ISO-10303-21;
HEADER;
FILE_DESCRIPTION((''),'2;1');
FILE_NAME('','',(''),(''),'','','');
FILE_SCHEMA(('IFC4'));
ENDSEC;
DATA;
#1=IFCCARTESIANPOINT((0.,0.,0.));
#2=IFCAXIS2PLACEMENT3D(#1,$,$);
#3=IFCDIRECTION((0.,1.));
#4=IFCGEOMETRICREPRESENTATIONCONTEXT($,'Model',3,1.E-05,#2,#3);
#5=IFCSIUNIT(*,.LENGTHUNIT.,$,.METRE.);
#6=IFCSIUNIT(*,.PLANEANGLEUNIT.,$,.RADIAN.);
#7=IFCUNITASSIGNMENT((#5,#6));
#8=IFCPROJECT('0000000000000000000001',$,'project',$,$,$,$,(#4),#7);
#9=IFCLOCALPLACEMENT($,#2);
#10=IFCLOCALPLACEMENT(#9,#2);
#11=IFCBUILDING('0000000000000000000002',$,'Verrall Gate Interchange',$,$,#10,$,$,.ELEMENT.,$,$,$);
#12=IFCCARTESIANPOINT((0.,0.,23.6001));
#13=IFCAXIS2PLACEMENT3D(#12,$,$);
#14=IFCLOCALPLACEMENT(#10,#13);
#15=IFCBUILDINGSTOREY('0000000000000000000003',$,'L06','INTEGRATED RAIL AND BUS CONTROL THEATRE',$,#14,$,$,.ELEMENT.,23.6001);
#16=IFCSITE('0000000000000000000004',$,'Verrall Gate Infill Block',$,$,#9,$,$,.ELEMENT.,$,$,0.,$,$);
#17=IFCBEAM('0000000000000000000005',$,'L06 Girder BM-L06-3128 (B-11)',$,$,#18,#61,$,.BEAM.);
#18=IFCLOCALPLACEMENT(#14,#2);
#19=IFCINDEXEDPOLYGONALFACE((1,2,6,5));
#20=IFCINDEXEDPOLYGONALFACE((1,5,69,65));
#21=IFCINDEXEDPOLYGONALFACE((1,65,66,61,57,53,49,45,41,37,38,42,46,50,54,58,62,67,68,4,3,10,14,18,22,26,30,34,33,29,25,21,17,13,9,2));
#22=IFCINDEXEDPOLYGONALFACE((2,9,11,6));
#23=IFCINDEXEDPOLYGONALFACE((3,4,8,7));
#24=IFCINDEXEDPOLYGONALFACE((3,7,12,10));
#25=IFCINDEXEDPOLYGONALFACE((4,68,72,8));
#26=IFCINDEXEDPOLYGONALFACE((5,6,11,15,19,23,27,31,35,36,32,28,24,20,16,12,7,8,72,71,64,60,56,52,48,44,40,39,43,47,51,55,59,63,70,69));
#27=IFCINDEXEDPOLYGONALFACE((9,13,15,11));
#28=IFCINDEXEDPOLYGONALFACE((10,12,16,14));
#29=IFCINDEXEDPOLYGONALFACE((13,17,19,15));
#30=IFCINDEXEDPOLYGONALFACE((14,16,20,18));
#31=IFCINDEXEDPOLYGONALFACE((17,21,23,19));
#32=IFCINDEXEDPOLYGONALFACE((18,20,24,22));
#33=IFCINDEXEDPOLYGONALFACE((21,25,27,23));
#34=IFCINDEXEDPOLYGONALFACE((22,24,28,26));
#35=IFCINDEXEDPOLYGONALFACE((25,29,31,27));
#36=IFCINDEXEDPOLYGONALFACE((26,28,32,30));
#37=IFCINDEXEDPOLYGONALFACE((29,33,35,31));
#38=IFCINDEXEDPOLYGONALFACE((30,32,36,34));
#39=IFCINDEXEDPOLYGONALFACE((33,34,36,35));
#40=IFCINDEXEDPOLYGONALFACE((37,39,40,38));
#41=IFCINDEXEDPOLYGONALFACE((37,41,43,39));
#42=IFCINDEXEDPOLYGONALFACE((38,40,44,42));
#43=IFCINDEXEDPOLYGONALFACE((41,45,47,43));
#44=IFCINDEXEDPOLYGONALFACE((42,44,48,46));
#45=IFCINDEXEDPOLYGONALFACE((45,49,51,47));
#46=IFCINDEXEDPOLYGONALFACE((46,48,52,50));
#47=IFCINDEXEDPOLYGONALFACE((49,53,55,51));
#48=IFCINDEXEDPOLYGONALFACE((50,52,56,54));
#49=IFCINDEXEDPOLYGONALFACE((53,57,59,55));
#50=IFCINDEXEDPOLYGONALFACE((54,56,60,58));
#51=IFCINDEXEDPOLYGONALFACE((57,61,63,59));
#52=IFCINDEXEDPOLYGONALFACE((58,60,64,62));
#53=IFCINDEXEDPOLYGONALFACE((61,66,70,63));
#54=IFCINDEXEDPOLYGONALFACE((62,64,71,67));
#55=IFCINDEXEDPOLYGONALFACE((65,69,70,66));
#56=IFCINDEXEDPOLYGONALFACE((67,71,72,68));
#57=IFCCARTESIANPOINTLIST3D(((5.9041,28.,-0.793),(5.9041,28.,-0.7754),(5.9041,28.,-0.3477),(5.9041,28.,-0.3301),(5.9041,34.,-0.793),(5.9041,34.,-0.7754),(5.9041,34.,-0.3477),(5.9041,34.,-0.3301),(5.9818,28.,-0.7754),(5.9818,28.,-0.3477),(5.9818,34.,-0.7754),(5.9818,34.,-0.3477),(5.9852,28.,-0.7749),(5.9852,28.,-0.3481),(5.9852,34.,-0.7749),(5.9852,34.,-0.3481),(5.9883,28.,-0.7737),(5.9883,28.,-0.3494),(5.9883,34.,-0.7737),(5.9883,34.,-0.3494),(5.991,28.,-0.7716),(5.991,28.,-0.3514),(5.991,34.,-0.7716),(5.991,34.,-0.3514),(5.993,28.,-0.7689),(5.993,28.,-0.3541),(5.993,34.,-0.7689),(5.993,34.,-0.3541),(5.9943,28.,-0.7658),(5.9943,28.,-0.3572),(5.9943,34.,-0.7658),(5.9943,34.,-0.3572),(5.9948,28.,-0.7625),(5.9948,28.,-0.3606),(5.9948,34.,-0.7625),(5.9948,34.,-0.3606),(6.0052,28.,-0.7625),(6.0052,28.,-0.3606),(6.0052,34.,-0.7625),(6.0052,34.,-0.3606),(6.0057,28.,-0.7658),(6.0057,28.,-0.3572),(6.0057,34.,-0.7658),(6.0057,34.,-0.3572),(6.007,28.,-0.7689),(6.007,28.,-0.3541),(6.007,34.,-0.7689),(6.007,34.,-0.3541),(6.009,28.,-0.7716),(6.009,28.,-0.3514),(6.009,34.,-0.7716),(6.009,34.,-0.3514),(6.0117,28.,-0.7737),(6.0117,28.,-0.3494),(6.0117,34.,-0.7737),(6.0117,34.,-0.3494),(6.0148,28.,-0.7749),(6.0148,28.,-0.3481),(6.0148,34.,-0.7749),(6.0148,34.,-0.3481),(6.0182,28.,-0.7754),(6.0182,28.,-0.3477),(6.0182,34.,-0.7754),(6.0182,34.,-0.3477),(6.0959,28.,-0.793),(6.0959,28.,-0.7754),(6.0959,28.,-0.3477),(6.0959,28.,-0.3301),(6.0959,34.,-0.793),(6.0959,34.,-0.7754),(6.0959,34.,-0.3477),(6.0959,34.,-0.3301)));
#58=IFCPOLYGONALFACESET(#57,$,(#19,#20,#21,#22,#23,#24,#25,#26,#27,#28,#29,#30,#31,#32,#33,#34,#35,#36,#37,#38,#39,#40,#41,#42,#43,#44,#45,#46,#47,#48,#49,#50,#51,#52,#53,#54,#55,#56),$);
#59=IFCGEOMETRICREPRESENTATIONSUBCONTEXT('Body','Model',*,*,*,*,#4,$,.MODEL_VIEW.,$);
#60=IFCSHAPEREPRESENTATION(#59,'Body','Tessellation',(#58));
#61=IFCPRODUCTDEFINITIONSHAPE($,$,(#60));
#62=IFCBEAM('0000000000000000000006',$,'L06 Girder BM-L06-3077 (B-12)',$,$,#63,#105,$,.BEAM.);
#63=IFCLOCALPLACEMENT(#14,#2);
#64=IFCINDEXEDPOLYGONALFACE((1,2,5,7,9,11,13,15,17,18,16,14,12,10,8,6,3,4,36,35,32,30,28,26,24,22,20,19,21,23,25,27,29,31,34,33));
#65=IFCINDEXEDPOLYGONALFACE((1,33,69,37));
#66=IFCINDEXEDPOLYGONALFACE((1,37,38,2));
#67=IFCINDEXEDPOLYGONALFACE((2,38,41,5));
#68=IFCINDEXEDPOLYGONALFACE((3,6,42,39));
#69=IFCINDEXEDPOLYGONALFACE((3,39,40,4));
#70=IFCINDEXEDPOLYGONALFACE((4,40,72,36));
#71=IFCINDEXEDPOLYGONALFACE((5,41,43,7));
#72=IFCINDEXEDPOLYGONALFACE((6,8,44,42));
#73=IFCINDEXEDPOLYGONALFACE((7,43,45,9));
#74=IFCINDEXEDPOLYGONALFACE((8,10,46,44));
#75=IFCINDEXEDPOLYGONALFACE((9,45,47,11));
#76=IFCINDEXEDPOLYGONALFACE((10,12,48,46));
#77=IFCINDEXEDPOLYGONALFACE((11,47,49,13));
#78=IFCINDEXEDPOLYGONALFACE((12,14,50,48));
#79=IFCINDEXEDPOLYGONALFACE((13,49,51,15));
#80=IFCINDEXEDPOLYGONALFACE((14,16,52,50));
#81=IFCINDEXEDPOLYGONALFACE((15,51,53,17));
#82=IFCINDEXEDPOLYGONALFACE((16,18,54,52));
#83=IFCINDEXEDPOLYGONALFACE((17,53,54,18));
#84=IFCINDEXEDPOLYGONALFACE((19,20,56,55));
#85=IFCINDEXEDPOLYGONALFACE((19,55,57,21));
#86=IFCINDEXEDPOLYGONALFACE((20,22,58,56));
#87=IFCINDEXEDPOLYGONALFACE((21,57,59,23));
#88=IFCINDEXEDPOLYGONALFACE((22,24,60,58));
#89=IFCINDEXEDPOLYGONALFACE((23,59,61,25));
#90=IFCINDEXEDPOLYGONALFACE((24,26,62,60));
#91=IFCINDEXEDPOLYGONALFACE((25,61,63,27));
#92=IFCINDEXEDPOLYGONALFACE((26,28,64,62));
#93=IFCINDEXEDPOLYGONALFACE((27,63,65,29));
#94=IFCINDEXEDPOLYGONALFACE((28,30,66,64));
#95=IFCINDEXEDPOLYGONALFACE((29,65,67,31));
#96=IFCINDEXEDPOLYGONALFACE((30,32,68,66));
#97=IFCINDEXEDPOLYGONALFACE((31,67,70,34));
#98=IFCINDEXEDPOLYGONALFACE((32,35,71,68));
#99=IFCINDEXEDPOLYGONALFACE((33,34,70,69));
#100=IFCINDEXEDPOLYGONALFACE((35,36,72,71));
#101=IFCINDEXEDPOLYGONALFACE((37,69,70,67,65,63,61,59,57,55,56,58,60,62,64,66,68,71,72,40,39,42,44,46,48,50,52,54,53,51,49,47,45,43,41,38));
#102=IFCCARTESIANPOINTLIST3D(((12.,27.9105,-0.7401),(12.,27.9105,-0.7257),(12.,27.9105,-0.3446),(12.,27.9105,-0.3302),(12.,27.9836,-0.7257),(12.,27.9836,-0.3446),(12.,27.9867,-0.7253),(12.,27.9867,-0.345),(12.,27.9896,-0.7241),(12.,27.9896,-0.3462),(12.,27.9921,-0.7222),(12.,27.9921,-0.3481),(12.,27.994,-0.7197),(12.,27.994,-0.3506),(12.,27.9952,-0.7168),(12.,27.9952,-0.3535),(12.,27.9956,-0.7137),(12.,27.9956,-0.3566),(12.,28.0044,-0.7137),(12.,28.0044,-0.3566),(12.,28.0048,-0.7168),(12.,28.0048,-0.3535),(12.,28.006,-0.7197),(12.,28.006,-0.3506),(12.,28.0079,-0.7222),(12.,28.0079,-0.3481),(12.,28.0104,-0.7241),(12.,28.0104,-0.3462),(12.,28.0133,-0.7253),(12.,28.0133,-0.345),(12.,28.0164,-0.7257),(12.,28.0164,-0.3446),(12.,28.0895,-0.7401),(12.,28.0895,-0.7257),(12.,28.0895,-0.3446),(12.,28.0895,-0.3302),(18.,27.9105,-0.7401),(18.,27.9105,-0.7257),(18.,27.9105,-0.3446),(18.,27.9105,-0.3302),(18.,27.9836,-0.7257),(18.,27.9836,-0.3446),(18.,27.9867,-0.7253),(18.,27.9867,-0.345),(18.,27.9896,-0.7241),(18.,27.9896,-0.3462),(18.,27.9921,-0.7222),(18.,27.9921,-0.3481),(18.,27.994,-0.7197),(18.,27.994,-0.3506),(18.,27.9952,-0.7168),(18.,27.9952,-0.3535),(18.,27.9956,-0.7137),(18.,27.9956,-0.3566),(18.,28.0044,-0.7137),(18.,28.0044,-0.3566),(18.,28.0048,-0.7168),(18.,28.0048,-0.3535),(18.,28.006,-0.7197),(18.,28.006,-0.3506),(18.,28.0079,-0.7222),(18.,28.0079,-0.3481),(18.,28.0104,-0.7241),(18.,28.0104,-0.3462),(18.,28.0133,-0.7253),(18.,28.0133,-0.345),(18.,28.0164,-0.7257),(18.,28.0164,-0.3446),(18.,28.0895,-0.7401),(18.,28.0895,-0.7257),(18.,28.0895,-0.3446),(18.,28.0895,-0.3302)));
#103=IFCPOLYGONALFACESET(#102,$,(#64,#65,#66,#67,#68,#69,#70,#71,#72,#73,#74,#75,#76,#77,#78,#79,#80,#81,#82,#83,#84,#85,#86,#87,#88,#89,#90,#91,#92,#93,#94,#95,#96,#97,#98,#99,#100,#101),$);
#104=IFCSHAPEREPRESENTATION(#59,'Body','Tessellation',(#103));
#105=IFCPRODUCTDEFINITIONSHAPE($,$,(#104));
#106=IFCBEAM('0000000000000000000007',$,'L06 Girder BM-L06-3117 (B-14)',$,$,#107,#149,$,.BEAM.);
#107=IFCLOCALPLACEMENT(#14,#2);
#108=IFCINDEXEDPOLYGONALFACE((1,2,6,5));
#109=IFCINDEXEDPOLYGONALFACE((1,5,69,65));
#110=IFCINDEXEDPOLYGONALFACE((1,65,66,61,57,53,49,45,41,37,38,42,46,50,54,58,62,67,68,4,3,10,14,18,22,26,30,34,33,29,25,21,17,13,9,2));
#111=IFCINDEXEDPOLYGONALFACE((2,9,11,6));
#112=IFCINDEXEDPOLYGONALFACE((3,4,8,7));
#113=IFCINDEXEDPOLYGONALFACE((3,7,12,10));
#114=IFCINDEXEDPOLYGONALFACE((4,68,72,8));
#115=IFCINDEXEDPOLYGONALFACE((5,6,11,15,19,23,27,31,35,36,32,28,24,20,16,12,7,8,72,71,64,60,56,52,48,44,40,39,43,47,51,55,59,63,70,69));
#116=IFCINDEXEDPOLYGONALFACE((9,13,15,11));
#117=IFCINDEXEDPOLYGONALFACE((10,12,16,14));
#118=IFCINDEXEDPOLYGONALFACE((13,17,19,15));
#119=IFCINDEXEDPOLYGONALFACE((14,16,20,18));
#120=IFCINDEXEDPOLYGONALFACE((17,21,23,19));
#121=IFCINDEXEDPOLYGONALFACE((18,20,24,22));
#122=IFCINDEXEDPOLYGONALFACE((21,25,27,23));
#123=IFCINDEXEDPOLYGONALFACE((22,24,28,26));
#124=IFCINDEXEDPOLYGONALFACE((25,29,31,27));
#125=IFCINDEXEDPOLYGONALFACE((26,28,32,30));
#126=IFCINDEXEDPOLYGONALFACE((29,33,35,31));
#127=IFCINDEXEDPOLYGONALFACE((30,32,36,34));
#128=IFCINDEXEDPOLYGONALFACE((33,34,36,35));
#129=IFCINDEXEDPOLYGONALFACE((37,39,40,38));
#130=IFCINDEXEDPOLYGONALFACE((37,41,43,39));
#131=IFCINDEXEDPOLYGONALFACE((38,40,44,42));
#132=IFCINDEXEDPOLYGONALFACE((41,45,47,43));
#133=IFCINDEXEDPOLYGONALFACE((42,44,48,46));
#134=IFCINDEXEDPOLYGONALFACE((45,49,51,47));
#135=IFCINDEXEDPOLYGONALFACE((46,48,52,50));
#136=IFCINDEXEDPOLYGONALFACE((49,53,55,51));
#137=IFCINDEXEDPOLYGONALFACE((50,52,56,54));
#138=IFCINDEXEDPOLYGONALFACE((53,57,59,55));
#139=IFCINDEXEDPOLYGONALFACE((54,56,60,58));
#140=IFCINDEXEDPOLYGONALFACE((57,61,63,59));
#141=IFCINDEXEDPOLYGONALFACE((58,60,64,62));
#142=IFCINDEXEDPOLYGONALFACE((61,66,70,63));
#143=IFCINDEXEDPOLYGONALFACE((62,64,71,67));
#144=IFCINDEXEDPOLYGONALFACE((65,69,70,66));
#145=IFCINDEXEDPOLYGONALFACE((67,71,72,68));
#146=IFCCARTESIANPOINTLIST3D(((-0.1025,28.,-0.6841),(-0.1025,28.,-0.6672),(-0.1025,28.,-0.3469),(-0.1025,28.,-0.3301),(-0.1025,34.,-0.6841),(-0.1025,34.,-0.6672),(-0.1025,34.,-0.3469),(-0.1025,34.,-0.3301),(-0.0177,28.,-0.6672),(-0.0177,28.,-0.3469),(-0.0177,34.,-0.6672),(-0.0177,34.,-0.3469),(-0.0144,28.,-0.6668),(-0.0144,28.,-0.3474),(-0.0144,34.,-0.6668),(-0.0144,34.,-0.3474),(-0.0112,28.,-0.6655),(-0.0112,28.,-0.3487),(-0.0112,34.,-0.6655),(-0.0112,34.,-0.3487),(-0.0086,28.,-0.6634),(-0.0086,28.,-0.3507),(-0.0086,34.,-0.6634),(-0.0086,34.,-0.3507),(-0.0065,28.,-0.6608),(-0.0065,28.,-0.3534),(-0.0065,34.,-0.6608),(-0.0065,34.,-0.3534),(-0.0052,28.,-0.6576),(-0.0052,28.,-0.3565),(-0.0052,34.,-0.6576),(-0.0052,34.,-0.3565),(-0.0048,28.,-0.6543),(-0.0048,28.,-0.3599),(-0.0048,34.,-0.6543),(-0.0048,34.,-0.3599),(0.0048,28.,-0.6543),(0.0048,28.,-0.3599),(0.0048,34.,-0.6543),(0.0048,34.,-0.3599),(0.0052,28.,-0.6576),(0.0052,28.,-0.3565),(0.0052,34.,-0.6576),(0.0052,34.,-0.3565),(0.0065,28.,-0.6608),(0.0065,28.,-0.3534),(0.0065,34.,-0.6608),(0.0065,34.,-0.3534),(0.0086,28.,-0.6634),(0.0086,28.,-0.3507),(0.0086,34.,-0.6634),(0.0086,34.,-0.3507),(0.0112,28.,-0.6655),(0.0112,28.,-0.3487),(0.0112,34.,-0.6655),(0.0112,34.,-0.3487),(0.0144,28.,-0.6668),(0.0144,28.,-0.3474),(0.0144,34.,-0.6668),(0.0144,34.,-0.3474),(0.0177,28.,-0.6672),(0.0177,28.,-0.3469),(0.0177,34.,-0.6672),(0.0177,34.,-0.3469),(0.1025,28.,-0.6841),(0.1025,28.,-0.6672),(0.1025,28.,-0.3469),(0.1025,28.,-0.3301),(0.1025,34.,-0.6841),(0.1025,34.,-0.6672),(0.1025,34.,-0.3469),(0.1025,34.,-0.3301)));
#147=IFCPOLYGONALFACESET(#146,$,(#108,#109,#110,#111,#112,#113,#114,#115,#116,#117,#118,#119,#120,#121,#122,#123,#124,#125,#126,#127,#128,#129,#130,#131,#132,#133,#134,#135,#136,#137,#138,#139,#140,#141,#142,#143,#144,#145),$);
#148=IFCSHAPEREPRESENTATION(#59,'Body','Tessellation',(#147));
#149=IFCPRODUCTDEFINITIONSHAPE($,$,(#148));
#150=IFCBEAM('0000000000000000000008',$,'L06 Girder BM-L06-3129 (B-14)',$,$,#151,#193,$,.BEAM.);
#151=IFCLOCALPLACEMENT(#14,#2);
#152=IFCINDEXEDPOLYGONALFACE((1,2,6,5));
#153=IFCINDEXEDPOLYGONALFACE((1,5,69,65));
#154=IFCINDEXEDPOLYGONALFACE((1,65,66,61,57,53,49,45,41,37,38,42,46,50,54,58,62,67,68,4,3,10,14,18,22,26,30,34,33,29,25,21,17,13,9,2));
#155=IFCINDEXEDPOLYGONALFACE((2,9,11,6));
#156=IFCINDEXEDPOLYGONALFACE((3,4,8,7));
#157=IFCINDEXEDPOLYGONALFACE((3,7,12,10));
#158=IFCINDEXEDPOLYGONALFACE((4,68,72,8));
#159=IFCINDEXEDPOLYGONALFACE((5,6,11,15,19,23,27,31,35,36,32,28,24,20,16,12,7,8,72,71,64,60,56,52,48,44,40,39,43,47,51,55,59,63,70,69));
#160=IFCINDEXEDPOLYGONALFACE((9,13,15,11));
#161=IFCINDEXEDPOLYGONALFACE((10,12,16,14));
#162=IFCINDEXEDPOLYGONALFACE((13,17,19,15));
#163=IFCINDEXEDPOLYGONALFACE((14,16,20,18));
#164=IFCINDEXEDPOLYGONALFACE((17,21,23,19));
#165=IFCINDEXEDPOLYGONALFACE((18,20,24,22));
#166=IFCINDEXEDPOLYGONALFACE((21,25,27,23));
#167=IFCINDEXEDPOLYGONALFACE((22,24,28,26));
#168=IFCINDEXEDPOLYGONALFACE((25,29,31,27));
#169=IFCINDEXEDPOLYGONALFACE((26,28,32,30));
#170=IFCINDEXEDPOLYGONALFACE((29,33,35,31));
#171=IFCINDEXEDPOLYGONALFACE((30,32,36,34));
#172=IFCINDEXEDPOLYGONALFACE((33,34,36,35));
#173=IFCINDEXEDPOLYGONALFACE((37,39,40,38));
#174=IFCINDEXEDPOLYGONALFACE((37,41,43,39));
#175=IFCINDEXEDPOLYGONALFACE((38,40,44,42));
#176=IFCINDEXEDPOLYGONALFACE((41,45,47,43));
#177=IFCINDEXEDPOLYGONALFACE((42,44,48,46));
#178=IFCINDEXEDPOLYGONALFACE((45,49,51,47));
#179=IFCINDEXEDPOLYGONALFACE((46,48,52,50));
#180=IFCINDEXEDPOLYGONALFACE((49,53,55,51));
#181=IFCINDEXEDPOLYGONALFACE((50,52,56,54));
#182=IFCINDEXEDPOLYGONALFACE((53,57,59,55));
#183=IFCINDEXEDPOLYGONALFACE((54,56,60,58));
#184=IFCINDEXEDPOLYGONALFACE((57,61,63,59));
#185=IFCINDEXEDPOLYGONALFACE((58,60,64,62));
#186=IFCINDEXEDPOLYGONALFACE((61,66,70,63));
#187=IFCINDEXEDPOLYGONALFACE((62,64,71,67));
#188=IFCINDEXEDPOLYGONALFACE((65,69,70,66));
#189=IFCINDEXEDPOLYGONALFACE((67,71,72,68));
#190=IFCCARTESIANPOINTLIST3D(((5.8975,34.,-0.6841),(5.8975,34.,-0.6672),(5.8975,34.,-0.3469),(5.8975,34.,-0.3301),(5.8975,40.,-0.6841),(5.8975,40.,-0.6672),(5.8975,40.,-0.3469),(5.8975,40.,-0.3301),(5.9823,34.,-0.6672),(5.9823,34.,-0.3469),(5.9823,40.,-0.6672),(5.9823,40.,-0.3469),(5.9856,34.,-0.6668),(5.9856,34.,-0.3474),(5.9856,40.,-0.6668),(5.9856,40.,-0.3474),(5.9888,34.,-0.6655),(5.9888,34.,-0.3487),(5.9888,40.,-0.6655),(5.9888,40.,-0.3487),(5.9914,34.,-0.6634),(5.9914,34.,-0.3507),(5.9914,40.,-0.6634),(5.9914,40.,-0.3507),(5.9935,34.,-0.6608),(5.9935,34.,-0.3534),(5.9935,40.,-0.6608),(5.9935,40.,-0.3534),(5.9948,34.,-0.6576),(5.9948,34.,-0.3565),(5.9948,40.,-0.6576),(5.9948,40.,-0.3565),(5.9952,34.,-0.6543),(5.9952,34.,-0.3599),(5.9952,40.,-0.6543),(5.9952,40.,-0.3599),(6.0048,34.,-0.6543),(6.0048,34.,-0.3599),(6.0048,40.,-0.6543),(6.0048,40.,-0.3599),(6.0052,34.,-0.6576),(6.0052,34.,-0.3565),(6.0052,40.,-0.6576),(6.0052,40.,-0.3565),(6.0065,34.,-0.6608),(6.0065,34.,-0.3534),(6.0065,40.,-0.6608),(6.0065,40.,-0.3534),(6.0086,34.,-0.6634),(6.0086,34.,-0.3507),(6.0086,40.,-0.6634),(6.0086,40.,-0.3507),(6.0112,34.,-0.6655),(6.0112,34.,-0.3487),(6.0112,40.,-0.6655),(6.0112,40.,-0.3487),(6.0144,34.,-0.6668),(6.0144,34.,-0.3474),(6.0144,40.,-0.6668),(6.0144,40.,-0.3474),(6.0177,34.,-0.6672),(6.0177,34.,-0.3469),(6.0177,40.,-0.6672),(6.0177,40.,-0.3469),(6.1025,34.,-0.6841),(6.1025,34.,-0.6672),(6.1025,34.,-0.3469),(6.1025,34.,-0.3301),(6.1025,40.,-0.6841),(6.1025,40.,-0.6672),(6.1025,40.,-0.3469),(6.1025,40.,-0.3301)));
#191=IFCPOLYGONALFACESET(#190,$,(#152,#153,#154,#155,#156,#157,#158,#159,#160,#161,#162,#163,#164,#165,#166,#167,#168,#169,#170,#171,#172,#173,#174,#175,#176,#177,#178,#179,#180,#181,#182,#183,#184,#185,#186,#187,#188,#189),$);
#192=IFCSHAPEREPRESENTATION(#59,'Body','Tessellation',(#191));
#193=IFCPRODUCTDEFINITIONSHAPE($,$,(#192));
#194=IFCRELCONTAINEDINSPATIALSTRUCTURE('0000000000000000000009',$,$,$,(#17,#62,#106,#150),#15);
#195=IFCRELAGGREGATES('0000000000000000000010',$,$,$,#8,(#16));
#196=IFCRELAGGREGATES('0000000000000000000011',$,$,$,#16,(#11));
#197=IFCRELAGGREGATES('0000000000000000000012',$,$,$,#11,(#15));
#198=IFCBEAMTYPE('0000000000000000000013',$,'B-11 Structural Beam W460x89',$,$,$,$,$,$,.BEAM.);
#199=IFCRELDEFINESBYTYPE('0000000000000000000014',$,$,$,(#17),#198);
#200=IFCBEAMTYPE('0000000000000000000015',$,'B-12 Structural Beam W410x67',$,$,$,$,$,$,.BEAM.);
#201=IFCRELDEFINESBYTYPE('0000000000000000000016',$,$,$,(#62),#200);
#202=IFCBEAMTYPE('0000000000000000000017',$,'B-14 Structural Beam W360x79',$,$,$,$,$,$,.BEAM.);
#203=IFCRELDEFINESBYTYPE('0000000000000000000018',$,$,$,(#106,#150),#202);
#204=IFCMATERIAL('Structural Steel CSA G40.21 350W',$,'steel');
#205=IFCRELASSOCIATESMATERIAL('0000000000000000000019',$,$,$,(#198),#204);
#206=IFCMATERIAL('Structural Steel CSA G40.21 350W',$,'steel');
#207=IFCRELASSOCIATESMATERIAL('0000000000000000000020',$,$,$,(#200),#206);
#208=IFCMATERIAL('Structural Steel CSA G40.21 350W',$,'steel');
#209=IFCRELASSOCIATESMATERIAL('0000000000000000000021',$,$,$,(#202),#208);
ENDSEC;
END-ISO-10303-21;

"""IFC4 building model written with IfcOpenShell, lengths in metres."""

from ifc_helpers import new_model, si_unit, direction, frame, origin, origin_2d, place, context, subcontext, project, spatial, i_section, extrude, material, material_profile, profile_set, type_object, element, save


model = new_model("IFC4")

# Units and contexts
model_context = context("Model", 3, precision=1e-05, world=origin(), true_north=direction((0.0, 1.0)))
body_context = subcontext(model_context, "Body", "Model", "MODEL_VIEW")
ifc_project = project(units=[si_unit("LENGTHUNIT", "METRE"), si_unit("PLANEANGLEUNIT", "RADIAN")], contexts=[model_context])

# Site, building, storey
site_placement = place(None, origin())
site = spatial("IfcSite", under=ifc_project, at=site_placement, Name="Verrall Gate Infill Block", CompositionType="ELEMENT", RefElevation=0.0)
building_placement = place(site_placement, origin())
building = spatial("IfcBuilding", under=site, at=building_placement, Name="Verrall Gate Interchange", CompositionType="ELEMENT")
storey_placement = place(building_placement, frame((0.0, 0.0, 23.6001)))
storey = spatial("IfcBuildingStorey", under=building, at=storey_placement, Name="L06", Description="INTEGRATED RAIL AND BUS CONTROL THEATRE", CompositionType="ELEMENT", Elevation=23.6001)

# Beams
ifc_material_1 = material(Name="Structural Steel CSA G40.21 350W", Category="steel")
ifc_material_profile_1 = material_profile(ifc_material_1, i_section(OverallWidth=0.1919, OverallDepth=0.4629, WebThickness=0.0105, FlangeThickness=0.0176, FilletRadius=0.0129, at=origin_2d()), Name="W460x89")
ifc_profile_set_1 = profile_set([ifc_material_profile_1], Name="Structural Steel CSA G40.21 350W")
beam_type_1 = type_object("IfcBeamType", Name="B-11 Structural Beam W460x89", PredefinedType="BEAM", material=ifc_profile_set_1)
for number, where, z_axis, x_axis, name in (
    (1, (6.0, 28.0, -0.5615), (0.0, 1.0, 0.0), (-1.0, 0.0, 0.0), "L06 Girder BM-L06-3128 (B-11)"),
):
    element("IfcBeam", number, at=place(storey_placement, frame(where, z_axis=z_axis, x_axis=x_axis)), inside=storey, type_object=beam_type_1, Name=name, PredefinedType="BEAM", context=body_context, shape_type="SweptSolid", body=[
        extrude(i_section(OverallWidth=0.1919, OverallDepth=0.4629, WebThickness=0.0105, FlangeThickness=0.0176, FilletRadius=0.0129, at=origin_2d()), origin(), (0.0, 0.0, 1.0), 6.0),
    ])
ifc_material_2 = material(Name="Structural Steel CSA G40.21 350W", Category="steel")
ifc_material_profile_2 = material_profile(ifc_material_2, i_section(OverallWidth=0.179, OverallDepth=0.4099, WebThickness=0.0088, FlangeThickness=0.0144, FilletRadius=0.012, at=origin_2d()), Name="W410x67")
ifc_profile_set_2 = profile_set([ifc_material_profile_2], Name="Structural Steel CSA G40.21 350W")
beam_type_2 = type_object("IfcBeamType", Name="B-12 Structural Beam W410x67", PredefinedType="BEAM", material=ifc_profile_set_2)
beam_1_placement = place(storey_placement, frame((12.0, 28.0, -0.5352), z_axis=(1.0, 0.0, 0.0), x_axis=(0.0, 1.0, 0.0)))
element("IfcBeam", 2, at=beam_1_placement, inside=storey, type_object=beam_type_2, Name="L06 Girder BM-L06-3077 (B-12)", PredefinedType="BEAM", context=body_context, shape_type="SweptSolid", body=[
    extrude(i_section(OverallWidth=0.179, OverallDepth=0.4099, WebThickness=0.0088, FlangeThickness=0.0144, FilletRadius=0.012, at=origin_2d()), origin(), (0.0, 0.0, 1.0), 6.0),
])
ifc_material_3 = material(Name="Structural Steel CSA G40.21 350W", Category="steel")
ifc_material_profile_3 = material_profile(ifc_material_3, i_section(OverallWidth=0.2051, OverallDepth=0.354, WebThickness=0.0095, FlangeThickness=0.0168, FilletRadius=0.0129, at=origin_2d()), Name="W360x79")
ifc_profile_set_3 = profile_set([ifc_material_profile_3], Name="Structural Steel CSA G40.21 350W")
beam_type_3 = type_object("IfcBeamType", Name="B-14 Structural Beam W360x79", PredefinedType="BEAM", material=ifc_profile_set_3)
for number, where, z_axis, x_axis, name in (
    (3, (0.0, 28.0, -0.5071), (0.0, 1.0, 0.0), (-1.0, 0.0, 0.0), "L06 Girder BM-L06-3117 (B-14)"),
    (4, (6.0, 34.0, -0.5071), (0.0, 1.0, 0.0), (-1.0, 0.0, 0.0), "L06 Girder BM-L06-3129 (B-14)"),
):
    element("IfcBeam", number, at=place(storey_placement, frame(where, z_axis=z_axis, x_axis=x_axis)), inside=storey, type_object=beam_type_3, Name=name, PredefinedType="BEAM", context=body_context, shape_type="SweptSolid", body=[
        extrude(i_section(OverallWidth=0.2051, OverallDepth=0.354, WebThickness=0.0095, FlangeThickness=0.0168, FilletRadius=0.0129, at=origin_2d()), origin(), (0.0, 0.0, 1.0), 6.0),
    ])

save(model, "model.ifc")
